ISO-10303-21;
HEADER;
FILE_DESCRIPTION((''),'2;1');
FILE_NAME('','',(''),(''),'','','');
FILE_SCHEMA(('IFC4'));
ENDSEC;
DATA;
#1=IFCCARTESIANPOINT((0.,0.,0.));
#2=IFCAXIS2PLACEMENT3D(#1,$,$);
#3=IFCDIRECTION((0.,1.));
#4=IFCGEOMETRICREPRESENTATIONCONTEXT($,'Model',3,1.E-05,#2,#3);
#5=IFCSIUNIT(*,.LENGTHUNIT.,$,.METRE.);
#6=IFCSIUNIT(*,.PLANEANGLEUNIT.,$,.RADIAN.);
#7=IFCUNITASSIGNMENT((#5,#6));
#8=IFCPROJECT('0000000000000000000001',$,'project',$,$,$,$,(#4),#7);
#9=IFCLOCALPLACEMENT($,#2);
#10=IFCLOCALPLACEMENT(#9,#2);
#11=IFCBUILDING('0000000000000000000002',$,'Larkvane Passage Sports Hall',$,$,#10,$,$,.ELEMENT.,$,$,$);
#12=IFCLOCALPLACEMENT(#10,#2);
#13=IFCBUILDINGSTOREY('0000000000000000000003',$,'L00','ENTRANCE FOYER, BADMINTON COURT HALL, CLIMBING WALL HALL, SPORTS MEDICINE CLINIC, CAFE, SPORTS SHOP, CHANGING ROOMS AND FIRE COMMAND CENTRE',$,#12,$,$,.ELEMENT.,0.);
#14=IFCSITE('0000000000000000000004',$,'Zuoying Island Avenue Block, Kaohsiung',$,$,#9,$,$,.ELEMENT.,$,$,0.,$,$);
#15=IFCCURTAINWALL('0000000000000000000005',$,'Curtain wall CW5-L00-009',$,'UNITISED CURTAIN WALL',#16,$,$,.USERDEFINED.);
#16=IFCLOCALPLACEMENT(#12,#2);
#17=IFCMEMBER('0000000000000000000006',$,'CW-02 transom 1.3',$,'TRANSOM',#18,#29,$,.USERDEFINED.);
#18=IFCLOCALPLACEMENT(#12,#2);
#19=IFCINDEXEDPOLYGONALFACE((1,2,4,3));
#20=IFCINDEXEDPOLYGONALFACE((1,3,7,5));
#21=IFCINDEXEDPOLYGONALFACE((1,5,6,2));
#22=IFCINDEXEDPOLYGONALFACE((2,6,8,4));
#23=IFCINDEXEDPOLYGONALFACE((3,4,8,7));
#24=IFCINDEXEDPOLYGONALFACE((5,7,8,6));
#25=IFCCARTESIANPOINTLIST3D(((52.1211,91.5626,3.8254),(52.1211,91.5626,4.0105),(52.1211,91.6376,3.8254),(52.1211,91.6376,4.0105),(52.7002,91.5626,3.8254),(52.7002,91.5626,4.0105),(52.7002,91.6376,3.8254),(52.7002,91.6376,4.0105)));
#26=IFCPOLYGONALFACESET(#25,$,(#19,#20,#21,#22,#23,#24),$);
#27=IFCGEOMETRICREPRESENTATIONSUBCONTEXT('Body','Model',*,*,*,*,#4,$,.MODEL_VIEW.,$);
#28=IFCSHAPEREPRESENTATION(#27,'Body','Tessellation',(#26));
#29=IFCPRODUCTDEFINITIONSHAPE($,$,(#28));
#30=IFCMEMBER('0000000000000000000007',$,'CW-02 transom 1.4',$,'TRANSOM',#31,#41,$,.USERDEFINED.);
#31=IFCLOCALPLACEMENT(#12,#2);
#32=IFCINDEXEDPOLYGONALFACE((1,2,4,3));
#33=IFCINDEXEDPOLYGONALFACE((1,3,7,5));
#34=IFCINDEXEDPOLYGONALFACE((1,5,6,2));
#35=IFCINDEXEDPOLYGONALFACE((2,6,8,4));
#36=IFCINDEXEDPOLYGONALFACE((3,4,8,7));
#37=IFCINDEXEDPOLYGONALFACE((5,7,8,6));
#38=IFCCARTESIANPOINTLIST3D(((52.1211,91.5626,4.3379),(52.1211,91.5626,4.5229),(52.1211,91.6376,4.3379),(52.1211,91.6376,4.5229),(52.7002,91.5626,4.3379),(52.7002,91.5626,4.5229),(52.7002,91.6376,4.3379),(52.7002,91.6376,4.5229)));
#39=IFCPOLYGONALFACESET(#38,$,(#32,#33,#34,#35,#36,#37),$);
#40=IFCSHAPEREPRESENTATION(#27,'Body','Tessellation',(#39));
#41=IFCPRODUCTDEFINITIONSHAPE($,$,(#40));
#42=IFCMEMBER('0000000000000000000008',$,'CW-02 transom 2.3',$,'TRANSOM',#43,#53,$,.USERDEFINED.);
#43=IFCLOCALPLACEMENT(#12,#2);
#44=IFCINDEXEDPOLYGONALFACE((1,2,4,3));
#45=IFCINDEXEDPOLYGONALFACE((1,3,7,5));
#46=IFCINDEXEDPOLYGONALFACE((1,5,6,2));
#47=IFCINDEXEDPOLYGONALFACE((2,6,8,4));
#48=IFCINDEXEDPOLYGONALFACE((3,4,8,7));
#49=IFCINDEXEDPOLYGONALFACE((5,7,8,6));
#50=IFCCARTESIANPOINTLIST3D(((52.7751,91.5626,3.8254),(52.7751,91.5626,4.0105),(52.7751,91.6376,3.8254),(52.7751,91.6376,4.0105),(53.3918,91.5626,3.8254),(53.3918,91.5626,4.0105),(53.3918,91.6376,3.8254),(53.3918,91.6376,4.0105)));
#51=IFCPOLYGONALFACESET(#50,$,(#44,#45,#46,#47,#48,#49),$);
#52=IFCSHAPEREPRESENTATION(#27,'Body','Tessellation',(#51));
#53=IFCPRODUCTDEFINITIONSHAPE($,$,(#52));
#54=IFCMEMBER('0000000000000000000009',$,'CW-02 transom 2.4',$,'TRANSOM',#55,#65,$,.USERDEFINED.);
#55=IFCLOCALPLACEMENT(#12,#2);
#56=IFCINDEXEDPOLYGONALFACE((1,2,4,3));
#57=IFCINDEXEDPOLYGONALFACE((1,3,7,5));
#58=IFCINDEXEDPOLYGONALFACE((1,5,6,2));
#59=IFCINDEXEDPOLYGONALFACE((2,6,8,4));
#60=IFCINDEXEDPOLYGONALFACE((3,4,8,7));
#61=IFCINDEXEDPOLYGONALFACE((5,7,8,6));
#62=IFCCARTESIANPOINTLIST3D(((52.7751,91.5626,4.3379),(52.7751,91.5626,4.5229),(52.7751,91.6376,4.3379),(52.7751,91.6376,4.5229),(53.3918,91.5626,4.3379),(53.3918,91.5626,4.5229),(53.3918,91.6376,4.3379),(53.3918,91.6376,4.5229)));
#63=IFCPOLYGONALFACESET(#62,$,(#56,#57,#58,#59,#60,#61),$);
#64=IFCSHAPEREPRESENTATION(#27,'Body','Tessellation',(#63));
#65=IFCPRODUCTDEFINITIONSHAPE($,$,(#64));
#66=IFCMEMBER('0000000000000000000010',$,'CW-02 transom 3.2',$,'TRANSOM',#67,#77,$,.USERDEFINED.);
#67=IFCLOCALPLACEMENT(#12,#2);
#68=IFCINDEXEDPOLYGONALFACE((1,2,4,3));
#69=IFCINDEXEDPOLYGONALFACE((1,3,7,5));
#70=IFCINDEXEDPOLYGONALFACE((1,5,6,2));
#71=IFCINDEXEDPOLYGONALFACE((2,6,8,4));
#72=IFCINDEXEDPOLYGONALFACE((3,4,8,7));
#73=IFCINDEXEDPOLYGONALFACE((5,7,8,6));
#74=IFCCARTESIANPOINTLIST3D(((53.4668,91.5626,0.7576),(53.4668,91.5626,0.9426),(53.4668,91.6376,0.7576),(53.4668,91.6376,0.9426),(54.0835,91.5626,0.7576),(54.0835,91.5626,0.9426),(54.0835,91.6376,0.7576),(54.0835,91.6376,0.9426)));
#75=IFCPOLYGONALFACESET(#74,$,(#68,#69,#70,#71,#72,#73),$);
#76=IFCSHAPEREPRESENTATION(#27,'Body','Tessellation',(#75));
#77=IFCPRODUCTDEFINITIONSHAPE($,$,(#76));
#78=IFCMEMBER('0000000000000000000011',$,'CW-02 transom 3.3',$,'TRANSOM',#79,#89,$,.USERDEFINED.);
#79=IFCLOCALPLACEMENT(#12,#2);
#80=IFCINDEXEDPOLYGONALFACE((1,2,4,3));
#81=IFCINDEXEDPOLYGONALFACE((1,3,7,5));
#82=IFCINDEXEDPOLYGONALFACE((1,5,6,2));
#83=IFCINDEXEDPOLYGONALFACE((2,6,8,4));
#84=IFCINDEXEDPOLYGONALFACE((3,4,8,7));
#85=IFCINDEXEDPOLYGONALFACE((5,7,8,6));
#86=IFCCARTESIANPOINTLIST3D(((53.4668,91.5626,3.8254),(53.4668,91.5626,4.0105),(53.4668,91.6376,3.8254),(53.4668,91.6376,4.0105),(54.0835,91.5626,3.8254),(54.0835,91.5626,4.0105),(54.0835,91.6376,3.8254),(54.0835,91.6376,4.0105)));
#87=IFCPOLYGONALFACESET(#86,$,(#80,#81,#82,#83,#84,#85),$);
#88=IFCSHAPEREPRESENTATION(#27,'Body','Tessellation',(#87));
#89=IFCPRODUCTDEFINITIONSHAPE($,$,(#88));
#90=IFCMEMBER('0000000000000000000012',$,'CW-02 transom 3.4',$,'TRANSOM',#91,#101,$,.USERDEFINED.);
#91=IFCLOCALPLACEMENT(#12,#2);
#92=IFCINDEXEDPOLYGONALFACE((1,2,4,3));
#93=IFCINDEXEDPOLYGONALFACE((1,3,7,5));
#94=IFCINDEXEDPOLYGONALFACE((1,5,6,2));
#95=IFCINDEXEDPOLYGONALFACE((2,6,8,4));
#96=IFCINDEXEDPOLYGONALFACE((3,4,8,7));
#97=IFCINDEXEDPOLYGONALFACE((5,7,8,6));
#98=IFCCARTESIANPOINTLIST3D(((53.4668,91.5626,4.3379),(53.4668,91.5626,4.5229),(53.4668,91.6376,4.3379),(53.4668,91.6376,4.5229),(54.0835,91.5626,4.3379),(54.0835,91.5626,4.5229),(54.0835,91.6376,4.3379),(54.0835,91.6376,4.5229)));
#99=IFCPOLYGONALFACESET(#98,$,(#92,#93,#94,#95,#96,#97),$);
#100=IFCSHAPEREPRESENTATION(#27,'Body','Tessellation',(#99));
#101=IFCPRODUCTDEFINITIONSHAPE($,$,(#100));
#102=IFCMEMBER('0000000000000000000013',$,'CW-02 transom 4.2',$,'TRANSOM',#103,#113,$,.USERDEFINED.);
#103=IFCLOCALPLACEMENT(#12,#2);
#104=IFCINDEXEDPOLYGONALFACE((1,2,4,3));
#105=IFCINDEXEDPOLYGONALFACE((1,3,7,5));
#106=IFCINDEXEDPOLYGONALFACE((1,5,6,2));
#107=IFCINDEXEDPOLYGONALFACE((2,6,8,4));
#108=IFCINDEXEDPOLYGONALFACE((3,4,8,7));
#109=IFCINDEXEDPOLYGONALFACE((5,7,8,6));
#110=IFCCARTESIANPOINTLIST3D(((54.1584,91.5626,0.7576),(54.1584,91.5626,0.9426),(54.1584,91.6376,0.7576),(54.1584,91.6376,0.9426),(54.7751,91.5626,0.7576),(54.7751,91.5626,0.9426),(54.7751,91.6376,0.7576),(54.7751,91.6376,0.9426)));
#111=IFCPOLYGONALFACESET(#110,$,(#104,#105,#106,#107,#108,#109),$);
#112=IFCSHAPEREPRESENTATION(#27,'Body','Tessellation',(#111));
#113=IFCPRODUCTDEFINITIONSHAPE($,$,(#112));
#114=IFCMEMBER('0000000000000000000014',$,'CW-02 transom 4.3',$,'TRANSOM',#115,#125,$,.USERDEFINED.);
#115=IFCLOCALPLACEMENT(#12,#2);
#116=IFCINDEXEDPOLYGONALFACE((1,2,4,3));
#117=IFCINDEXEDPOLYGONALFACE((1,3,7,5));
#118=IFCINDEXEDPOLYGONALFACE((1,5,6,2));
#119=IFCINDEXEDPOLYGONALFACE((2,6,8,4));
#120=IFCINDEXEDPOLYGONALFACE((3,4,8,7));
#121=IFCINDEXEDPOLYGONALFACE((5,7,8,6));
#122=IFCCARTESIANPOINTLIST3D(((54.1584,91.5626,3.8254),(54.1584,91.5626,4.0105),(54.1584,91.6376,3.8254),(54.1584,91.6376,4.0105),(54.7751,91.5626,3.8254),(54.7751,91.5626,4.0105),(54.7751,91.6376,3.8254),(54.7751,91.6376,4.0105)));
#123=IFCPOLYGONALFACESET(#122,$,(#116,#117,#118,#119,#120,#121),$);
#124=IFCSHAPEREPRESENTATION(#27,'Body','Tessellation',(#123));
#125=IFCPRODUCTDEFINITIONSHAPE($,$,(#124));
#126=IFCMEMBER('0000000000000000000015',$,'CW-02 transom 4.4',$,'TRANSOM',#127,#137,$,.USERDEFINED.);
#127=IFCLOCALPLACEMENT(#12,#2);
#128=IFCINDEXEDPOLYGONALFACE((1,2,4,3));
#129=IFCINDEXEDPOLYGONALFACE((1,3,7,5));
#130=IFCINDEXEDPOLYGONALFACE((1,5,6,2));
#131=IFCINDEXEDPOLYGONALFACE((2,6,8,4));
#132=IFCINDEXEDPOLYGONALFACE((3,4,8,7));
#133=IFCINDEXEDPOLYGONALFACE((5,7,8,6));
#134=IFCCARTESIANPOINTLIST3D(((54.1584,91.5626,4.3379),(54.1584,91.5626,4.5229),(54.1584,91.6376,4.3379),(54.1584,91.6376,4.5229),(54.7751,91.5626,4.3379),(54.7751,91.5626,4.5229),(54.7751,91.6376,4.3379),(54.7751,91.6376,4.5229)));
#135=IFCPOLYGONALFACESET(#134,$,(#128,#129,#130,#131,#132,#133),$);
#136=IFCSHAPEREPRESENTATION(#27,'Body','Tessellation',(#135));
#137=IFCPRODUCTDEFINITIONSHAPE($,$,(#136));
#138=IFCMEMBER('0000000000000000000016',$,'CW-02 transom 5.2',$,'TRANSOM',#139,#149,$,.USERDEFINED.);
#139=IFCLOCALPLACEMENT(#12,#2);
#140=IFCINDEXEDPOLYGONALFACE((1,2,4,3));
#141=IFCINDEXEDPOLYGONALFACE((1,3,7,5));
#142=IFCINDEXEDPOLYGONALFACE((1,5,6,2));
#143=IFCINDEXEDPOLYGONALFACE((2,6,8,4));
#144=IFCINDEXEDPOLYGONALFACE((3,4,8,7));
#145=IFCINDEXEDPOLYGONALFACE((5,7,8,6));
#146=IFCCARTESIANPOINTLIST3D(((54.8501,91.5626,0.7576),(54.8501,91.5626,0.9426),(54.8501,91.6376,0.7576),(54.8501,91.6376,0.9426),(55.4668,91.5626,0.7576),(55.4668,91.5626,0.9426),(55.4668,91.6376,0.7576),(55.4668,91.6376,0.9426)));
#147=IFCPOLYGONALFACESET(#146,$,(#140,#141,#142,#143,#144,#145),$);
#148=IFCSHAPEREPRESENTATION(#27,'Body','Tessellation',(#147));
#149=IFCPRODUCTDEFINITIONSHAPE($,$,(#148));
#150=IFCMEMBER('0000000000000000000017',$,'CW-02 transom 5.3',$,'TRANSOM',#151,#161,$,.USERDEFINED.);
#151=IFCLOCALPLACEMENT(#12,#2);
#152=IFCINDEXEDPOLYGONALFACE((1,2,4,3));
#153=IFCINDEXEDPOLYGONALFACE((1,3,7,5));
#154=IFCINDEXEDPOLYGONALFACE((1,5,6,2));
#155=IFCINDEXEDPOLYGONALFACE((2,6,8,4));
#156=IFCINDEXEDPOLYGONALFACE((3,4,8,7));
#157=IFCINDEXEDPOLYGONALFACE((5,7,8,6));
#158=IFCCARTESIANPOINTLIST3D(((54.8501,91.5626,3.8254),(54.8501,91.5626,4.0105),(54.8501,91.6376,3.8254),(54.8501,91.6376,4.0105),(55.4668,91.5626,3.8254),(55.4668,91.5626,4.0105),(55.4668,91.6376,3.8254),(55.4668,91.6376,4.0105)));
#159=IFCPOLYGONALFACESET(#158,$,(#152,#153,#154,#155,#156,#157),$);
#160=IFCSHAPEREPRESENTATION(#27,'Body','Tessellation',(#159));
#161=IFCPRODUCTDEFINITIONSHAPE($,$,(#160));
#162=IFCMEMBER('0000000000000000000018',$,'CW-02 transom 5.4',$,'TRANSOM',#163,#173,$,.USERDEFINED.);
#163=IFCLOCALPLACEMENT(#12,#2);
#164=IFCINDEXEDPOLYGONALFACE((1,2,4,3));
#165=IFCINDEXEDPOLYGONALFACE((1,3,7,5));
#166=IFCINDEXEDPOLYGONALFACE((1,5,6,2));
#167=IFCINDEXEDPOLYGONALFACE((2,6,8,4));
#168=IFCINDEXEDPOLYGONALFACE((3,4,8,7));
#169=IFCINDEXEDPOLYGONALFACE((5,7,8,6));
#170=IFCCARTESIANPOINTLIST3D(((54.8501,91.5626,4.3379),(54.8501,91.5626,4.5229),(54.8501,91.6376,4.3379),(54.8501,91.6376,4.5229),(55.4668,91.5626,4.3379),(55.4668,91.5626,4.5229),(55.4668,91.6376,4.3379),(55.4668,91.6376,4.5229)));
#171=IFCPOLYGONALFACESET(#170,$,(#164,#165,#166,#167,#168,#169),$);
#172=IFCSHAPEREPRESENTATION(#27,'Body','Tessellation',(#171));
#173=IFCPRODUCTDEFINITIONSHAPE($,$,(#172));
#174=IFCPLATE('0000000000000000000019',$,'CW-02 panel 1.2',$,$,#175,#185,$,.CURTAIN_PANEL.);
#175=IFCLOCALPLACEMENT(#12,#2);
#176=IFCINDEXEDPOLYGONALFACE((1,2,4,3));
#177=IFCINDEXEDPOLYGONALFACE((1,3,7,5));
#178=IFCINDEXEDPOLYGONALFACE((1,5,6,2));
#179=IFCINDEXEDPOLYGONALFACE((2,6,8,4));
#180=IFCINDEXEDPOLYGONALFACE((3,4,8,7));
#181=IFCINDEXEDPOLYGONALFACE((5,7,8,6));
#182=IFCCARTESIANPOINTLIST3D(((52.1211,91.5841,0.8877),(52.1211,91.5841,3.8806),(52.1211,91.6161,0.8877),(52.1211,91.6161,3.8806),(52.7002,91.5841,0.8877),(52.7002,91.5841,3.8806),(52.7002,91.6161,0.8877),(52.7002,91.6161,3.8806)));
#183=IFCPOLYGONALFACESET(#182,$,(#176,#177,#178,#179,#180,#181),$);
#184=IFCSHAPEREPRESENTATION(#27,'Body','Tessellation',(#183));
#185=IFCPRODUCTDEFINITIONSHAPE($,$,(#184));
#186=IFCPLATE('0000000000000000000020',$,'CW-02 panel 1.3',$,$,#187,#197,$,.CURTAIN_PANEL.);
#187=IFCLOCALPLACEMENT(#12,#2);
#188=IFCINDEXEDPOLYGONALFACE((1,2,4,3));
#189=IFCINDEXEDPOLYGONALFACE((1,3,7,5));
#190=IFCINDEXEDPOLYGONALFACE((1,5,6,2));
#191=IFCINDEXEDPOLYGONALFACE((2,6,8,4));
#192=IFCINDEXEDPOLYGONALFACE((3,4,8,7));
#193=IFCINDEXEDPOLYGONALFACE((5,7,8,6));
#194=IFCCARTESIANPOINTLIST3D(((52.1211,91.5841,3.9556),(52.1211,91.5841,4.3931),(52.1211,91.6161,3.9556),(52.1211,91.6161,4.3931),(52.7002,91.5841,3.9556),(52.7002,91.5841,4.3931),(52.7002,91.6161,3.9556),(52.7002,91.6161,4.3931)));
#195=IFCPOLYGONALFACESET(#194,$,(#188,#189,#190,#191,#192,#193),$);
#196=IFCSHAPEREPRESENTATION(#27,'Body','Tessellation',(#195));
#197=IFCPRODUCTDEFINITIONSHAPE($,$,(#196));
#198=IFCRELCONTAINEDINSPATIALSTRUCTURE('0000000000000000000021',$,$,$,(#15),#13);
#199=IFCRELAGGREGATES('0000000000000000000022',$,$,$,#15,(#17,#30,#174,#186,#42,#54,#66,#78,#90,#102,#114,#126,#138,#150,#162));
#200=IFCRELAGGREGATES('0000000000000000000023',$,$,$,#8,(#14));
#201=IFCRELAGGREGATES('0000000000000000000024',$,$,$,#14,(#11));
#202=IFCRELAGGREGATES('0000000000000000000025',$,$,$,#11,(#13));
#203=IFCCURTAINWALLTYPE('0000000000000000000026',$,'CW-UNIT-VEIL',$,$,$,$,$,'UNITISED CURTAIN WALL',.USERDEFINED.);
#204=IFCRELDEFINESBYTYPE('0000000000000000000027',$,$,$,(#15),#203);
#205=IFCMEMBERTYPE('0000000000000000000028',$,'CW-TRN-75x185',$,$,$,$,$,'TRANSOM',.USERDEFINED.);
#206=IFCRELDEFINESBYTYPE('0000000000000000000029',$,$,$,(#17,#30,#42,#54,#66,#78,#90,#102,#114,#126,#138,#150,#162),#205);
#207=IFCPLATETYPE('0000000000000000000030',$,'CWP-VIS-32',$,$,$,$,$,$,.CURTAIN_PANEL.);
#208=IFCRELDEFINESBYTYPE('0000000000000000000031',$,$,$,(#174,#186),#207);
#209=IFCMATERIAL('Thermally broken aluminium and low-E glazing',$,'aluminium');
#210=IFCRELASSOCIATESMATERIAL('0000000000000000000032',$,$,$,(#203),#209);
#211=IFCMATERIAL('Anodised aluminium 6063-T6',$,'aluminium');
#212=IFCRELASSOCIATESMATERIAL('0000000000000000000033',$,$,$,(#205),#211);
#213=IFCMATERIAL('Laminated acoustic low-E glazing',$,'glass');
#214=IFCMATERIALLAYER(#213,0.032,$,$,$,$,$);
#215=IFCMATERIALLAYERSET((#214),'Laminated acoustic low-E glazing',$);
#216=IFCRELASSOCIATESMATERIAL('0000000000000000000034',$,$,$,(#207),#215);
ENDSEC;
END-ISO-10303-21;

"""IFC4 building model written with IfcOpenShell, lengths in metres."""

from ifc_helpers import new_model, si_unit, direction, frame, origin, origin_2d, place, context, subcontext, project, spatial, rectangle, extrude, material, layer, layer_set, material_profile, profile_set, type_object, element, aggregate, save


model = new_model("IFC4")

# Units and contexts
model_context = context("Model", 3, precision=1e-05, world=origin(), true_north=direction((0.0, 1.0)))
body_context = subcontext(model_context, "Body", "Model", "MODEL_VIEW")
ifc_project = project(units=[si_unit("LENGTHUNIT", "METRE"), si_unit("PLANEANGLEUNIT", "RADIAN")], contexts=[model_context])

# Site, building, storey
site_placement = place(None, origin())
site = spatial("IfcSite", under=ifc_project, at=site_placement, Name="Zuoying Island Avenue Block, Kaohsiung", CompositionType="ELEMENT", RefElevation=0.0)
building_placement = place(site_placement, origin())
building = spatial("IfcBuilding", under=site, at=building_placement, Name="Larkvane Passage Sports Hall", CompositionType="ELEMENT")
storey_placement = place(building_placement, origin())
storey = spatial("IfcBuildingStorey", under=building, at=storey_placement, Name="L00", Description="ENTRANCE FOYER, BADMINTON COURT HALL, CLIMBING WALL HALL, SPORTS MEDICINE CLINIC, CAFE, SPORTS SHOP, CHANGING ROOMS AND FIRE COMMAND CENTRE", CompositionType="ELEMENT", Elevation=0.0)

# Curtain wall, members, plates
ifc_material_1 = material(Name="Thermally broken aluminium and low-E glazing", Category="aluminium")
curtain_wall_type = type_object("IfcCurtainWallType", Name="CW-UNIT-VEIL", ElementType="UNITISED CURTAIN WALL", PredefinedType="USERDEFINED", material=ifc_material_1)
curtain_wall_placement = place(storey_placement, origin())
curtain_wall = element("IfcCurtainWall", 1, at=curtain_wall_placement, inside=storey, type_object=curtain_wall_type, Name="Curtain wall CW5-L00-009", ObjectType="UNITISED CURTAIN WALL", PredefinedType="USERDEFINED")
ifc_material_2 = material(Name="Anodised aluminium 6063-T6", Category="aluminium")
ifc_material_profile = material_profile(ifc_material_2, rectangle(XDim=0.075, YDim=0.1851, at=origin_2d()), Name="ALU-TRN-75x185")
ifc_profile_set = profile_set([ifc_material_profile], Name="Anodised aluminium 6063-T6")
member_type = type_object("IfcMemberType", Name="CW-TRN-75x185", ElementType="TRANSOM", PredefinedType="USERDEFINED", material=ifc_profile_set)
member_1_placement = place(storey_placement, frame((52.1211, 91.6001, 3.918), z_axis=(1.0, 0.0, 0.0), x_axis=(0.0, 1.0, 0.0)))
member_1 = element("IfcMember", 2, at=member_1_placement, type_object=member_type, Name="CW-02 transom 1.3", ObjectType="TRANSOM", PredefinedType="USERDEFINED", context=body_context, shape_type="SweptSolid", body=[
    extrude(rectangle(XDim=0.075, YDim=0.1851, at=origin_2d()), origin(), (0.0, 0.0, 1.0), 0.5791),
])
member_2_placement = place(storey_placement, frame((52.1211, 91.6001, 4.4304), z_axis=(1.0, 0.0, 0.0), x_axis=(0.0, 1.0, 0.0)))
member_2 = element("IfcMember", 3, at=member_2_placement, type_object=member_type, Name="CW-02 transom 1.4", ObjectType="TRANSOM", PredefinedType="USERDEFINED", context=body_context, shape_type="SweptSolid", body=[
    extrude(rectangle(XDim=0.075, YDim=0.1851, at=origin_2d()), origin(), (0.0, 0.0, 1.0), 0.5791),
])
member_3_placement = place(storey_placement, frame((52.7751, 91.6001, 3.918), z_axis=(1.0, 0.0, 0.0), x_axis=(0.0, 1.0, 0.0)))
member_3 = element("IfcMember", 4, at=member_3_placement, type_object=member_type, Name="CW-02 transom 2.3", ObjectType="TRANSOM", PredefinedType="USERDEFINED", context=body_context, shape_type="SweptSolid", body=[
    extrude(rectangle(XDim=0.075, YDim=0.1851, at=origin_2d()), origin(), (0.0, 0.0, 1.0), 0.6167),
])
member_4_placement = place(storey_placement, frame((52.7751, 91.6001, 4.4304), z_axis=(1.0, 0.0, 0.0), x_axis=(0.0, 1.0, 0.0)))
member_4 = element("IfcMember", 5, at=member_4_placement, type_object=member_type, Name="CW-02 transom 2.4", ObjectType="TRANSOM", PredefinedType="USERDEFINED", context=body_context, shape_type="SweptSolid", body=[
    extrude(rectangle(XDim=0.075, YDim=0.1851, at=origin_2d()), origin(), (0.0, 0.0, 1.0), 0.6167),
])
member_5_placement = place(storey_placement, frame((53.4668, 91.6001, 0.8501), z_axis=(1.0, 0.0, 0.0), x_axis=(0.0, 1.0, 0.0)))
member_5 = element("IfcMember", 6, at=member_5_placement, type_object=member_type, Name="CW-02 transom 3.2", ObjectType="TRANSOM", PredefinedType="USERDEFINED", context=body_context, shape_type="SweptSolid", body=[
    extrude(rectangle(XDim=0.075, YDim=0.1851, at=origin_2d()), origin(), (0.0, 0.0, 1.0), 0.6167),
])
member_6_placement = place(storey_placement, frame((53.4668, 91.6001, 3.918), z_axis=(1.0, 0.0, 0.0), x_axis=(0.0, 1.0, 0.0)))
member_6 = element("IfcMember", 7, at=member_6_placement, type_object=member_type, Name="CW-02 transom 3.3", ObjectType="TRANSOM", PredefinedType="USERDEFINED", context=body_context, shape_type="SweptSolid", body=[
    extrude(rectangle(XDim=0.075, YDim=0.1851, at=origin_2d()), origin(), (0.0, 0.0, 1.0), 0.6167),
])
member_7_placement = place(storey_placement, frame((53.4668, 91.6001, 4.4304), z_axis=(1.0, 0.0, 0.0), x_axis=(0.0, 1.0, 0.0)))
member_7 = element("IfcMember", 8, at=member_7_placement, type_object=member_type, Name="CW-02 transom 3.4", ObjectType="TRANSOM", PredefinedType="USERDEFINED", context=body_context, shape_type="SweptSolid", body=[
    extrude(rectangle(XDim=0.075, YDim=0.1851, at=origin_2d()), origin(), (0.0, 0.0, 1.0), 0.6167),
])
member_8_placement = place(storey_placement, frame((54.1584, 91.6001, 0.8501), z_axis=(1.0, 0.0, 0.0), x_axis=(0.0, 1.0, 0.0)))
member_8 = element("IfcMember", 9, at=member_8_placement, type_object=member_type, Name="CW-02 transom 4.2", ObjectType="TRANSOM", PredefinedType="USERDEFINED", context=body_context, shape_type="SweptSolid", body=[
    extrude(rectangle(XDim=0.075, YDim=0.1851, at=origin_2d()), origin(), (0.0, 0.0, 1.0), 0.6167),
])
member_9_placement = place(storey_placement, frame((54.1584, 91.6001, 3.918), z_axis=(1.0, 0.0, 0.0), x_axis=(0.0, 1.0, 0.0)))
member_9 = element("IfcMember", 10, at=member_9_placement, type_object=member_type, Name="CW-02 transom 4.3", ObjectType="TRANSOM", PredefinedType="USERDEFINED", context=body_context, shape_type="SweptSolid", body=[
    extrude(rectangle(XDim=0.075, YDim=0.1851, at=origin_2d()), origin(), (0.0, 0.0, 1.0), 0.6167),
])
member_10_placement = place(storey_placement, frame((54.1584, 91.6001, 4.4304), z_axis=(1.0, 0.0, 0.0), x_axis=(0.0, 1.0, 0.0)))
member_10 = element("IfcMember", 11, at=member_10_placement, type_object=member_type, Name="CW-02 transom 4.4", ObjectType="TRANSOM", PredefinedType="USERDEFINED", context=body_context, shape_type="SweptSolid", body=[
    extrude(rectangle(XDim=0.075, YDim=0.1851, at=origin_2d()), origin(), (0.0, 0.0, 1.0), 0.6167),
])
member_11_placement = place(storey_placement, frame((54.8501, 91.6001, 0.8501), z_axis=(1.0, 0.0, 0.0), x_axis=(0.0, 1.0, 0.0)))
member_11 = element("IfcMember", 12, at=member_11_placement, type_object=member_type, Name="CW-02 transom 5.2", ObjectType="TRANSOM", PredefinedType="USERDEFINED", context=body_context, shape_type="SweptSolid", body=[
    extrude(rectangle(XDim=0.075, YDim=0.1851, at=origin_2d()), origin(), (0.0, 0.0, 1.0), 0.6167),
])
member_12_placement = place(storey_placement, frame((54.8501, 91.6001, 3.918), z_axis=(1.0, 0.0, 0.0), x_axis=(0.0, 1.0, 0.0)))
member_12 = element("IfcMember", 13, at=member_12_placement, type_object=member_type, Name="CW-02 transom 5.3", ObjectType="TRANSOM", PredefinedType="USERDEFINED", context=body_context, shape_type="SweptSolid", body=[
    extrude(rectangle(XDim=0.075, YDim=0.1851, at=origin_2d()), origin(), (0.0, 0.0, 1.0), 0.6167),
])
member_13_placement = place(storey_placement, frame((54.8501, 91.6001, 4.4304), z_axis=(1.0, 0.0, 0.0), x_axis=(0.0, 1.0, 0.0)))
member_13 = element("IfcMember", 14, at=member_13_placement, type_object=member_type, Name="CW-02 transom 5.4", ObjectType="TRANSOM", PredefinedType="USERDEFINED", context=body_context, shape_type="SweptSolid", body=[
    extrude(rectangle(XDim=0.075, YDim=0.1851, at=origin_2d()), origin(), (0.0, 0.0, 1.0), 0.6167),
])
ifc_material_3 = material(Name="Laminated acoustic low-E glazing", Category="glass")
ifc_layer = layer(ifc_material_3, 0.032)
ifc_layer_set = layer_set([ifc_layer], Name="Laminated acoustic low-E glazing")
plate_type = type_object("IfcPlateType", Name="CWP-VIS-32", PredefinedType="CURTAIN_PANEL", material=ifc_layer_set)
plate_1_placement = place(storey_placement, frame((52.4106, 91.6001, 0.8877), z_axis=(0.0, 0.0, 1.0), x_axis=(1.0, 0.0, 0.0)))
plate_1 = element("IfcPlate", 15, at=plate_1_placement, type_object=plate_type, Name="CW-02 panel 1.2", PredefinedType="CURTAIN_PANEL", context=body_context, shape_type="SweptSolid", body=[
    extrude(rectangle(XDim=0.5791, YDim=0.032, at=origin_2d()), origin(), (0.0, 0.0, 1.0), 2.9929),
])
plate_2_placement = place(storey_placement, frame((52.4106, 91.6001, 3.9556), z_axis=(0.0, 0.0, 1.0), x_axis=(1.0, 0.0, 0.0)))
plate_2 = element("IfcPlate", 16, at=plate_2_placement, type_object=plate_type, Name="CW-02 panel 1.3", PredefinedType="CURTAIN_PANEL", context=body_context, shape_type="SweptSolid", body=[
    extrude(rectangle(XDim=0.5791, YDim=0.032, at=origin_2d()), origin(), (0.0, 0.0, 1.0), 0.4375),
])
aggregate(curtain_wall, [member_1, member_2, plate_1, plate_2, member_3, member_4, member_5, member_6, member_7, member_8, member_9, member_10, member_11, member_12, member_13])

save(model, "model.ifc")
